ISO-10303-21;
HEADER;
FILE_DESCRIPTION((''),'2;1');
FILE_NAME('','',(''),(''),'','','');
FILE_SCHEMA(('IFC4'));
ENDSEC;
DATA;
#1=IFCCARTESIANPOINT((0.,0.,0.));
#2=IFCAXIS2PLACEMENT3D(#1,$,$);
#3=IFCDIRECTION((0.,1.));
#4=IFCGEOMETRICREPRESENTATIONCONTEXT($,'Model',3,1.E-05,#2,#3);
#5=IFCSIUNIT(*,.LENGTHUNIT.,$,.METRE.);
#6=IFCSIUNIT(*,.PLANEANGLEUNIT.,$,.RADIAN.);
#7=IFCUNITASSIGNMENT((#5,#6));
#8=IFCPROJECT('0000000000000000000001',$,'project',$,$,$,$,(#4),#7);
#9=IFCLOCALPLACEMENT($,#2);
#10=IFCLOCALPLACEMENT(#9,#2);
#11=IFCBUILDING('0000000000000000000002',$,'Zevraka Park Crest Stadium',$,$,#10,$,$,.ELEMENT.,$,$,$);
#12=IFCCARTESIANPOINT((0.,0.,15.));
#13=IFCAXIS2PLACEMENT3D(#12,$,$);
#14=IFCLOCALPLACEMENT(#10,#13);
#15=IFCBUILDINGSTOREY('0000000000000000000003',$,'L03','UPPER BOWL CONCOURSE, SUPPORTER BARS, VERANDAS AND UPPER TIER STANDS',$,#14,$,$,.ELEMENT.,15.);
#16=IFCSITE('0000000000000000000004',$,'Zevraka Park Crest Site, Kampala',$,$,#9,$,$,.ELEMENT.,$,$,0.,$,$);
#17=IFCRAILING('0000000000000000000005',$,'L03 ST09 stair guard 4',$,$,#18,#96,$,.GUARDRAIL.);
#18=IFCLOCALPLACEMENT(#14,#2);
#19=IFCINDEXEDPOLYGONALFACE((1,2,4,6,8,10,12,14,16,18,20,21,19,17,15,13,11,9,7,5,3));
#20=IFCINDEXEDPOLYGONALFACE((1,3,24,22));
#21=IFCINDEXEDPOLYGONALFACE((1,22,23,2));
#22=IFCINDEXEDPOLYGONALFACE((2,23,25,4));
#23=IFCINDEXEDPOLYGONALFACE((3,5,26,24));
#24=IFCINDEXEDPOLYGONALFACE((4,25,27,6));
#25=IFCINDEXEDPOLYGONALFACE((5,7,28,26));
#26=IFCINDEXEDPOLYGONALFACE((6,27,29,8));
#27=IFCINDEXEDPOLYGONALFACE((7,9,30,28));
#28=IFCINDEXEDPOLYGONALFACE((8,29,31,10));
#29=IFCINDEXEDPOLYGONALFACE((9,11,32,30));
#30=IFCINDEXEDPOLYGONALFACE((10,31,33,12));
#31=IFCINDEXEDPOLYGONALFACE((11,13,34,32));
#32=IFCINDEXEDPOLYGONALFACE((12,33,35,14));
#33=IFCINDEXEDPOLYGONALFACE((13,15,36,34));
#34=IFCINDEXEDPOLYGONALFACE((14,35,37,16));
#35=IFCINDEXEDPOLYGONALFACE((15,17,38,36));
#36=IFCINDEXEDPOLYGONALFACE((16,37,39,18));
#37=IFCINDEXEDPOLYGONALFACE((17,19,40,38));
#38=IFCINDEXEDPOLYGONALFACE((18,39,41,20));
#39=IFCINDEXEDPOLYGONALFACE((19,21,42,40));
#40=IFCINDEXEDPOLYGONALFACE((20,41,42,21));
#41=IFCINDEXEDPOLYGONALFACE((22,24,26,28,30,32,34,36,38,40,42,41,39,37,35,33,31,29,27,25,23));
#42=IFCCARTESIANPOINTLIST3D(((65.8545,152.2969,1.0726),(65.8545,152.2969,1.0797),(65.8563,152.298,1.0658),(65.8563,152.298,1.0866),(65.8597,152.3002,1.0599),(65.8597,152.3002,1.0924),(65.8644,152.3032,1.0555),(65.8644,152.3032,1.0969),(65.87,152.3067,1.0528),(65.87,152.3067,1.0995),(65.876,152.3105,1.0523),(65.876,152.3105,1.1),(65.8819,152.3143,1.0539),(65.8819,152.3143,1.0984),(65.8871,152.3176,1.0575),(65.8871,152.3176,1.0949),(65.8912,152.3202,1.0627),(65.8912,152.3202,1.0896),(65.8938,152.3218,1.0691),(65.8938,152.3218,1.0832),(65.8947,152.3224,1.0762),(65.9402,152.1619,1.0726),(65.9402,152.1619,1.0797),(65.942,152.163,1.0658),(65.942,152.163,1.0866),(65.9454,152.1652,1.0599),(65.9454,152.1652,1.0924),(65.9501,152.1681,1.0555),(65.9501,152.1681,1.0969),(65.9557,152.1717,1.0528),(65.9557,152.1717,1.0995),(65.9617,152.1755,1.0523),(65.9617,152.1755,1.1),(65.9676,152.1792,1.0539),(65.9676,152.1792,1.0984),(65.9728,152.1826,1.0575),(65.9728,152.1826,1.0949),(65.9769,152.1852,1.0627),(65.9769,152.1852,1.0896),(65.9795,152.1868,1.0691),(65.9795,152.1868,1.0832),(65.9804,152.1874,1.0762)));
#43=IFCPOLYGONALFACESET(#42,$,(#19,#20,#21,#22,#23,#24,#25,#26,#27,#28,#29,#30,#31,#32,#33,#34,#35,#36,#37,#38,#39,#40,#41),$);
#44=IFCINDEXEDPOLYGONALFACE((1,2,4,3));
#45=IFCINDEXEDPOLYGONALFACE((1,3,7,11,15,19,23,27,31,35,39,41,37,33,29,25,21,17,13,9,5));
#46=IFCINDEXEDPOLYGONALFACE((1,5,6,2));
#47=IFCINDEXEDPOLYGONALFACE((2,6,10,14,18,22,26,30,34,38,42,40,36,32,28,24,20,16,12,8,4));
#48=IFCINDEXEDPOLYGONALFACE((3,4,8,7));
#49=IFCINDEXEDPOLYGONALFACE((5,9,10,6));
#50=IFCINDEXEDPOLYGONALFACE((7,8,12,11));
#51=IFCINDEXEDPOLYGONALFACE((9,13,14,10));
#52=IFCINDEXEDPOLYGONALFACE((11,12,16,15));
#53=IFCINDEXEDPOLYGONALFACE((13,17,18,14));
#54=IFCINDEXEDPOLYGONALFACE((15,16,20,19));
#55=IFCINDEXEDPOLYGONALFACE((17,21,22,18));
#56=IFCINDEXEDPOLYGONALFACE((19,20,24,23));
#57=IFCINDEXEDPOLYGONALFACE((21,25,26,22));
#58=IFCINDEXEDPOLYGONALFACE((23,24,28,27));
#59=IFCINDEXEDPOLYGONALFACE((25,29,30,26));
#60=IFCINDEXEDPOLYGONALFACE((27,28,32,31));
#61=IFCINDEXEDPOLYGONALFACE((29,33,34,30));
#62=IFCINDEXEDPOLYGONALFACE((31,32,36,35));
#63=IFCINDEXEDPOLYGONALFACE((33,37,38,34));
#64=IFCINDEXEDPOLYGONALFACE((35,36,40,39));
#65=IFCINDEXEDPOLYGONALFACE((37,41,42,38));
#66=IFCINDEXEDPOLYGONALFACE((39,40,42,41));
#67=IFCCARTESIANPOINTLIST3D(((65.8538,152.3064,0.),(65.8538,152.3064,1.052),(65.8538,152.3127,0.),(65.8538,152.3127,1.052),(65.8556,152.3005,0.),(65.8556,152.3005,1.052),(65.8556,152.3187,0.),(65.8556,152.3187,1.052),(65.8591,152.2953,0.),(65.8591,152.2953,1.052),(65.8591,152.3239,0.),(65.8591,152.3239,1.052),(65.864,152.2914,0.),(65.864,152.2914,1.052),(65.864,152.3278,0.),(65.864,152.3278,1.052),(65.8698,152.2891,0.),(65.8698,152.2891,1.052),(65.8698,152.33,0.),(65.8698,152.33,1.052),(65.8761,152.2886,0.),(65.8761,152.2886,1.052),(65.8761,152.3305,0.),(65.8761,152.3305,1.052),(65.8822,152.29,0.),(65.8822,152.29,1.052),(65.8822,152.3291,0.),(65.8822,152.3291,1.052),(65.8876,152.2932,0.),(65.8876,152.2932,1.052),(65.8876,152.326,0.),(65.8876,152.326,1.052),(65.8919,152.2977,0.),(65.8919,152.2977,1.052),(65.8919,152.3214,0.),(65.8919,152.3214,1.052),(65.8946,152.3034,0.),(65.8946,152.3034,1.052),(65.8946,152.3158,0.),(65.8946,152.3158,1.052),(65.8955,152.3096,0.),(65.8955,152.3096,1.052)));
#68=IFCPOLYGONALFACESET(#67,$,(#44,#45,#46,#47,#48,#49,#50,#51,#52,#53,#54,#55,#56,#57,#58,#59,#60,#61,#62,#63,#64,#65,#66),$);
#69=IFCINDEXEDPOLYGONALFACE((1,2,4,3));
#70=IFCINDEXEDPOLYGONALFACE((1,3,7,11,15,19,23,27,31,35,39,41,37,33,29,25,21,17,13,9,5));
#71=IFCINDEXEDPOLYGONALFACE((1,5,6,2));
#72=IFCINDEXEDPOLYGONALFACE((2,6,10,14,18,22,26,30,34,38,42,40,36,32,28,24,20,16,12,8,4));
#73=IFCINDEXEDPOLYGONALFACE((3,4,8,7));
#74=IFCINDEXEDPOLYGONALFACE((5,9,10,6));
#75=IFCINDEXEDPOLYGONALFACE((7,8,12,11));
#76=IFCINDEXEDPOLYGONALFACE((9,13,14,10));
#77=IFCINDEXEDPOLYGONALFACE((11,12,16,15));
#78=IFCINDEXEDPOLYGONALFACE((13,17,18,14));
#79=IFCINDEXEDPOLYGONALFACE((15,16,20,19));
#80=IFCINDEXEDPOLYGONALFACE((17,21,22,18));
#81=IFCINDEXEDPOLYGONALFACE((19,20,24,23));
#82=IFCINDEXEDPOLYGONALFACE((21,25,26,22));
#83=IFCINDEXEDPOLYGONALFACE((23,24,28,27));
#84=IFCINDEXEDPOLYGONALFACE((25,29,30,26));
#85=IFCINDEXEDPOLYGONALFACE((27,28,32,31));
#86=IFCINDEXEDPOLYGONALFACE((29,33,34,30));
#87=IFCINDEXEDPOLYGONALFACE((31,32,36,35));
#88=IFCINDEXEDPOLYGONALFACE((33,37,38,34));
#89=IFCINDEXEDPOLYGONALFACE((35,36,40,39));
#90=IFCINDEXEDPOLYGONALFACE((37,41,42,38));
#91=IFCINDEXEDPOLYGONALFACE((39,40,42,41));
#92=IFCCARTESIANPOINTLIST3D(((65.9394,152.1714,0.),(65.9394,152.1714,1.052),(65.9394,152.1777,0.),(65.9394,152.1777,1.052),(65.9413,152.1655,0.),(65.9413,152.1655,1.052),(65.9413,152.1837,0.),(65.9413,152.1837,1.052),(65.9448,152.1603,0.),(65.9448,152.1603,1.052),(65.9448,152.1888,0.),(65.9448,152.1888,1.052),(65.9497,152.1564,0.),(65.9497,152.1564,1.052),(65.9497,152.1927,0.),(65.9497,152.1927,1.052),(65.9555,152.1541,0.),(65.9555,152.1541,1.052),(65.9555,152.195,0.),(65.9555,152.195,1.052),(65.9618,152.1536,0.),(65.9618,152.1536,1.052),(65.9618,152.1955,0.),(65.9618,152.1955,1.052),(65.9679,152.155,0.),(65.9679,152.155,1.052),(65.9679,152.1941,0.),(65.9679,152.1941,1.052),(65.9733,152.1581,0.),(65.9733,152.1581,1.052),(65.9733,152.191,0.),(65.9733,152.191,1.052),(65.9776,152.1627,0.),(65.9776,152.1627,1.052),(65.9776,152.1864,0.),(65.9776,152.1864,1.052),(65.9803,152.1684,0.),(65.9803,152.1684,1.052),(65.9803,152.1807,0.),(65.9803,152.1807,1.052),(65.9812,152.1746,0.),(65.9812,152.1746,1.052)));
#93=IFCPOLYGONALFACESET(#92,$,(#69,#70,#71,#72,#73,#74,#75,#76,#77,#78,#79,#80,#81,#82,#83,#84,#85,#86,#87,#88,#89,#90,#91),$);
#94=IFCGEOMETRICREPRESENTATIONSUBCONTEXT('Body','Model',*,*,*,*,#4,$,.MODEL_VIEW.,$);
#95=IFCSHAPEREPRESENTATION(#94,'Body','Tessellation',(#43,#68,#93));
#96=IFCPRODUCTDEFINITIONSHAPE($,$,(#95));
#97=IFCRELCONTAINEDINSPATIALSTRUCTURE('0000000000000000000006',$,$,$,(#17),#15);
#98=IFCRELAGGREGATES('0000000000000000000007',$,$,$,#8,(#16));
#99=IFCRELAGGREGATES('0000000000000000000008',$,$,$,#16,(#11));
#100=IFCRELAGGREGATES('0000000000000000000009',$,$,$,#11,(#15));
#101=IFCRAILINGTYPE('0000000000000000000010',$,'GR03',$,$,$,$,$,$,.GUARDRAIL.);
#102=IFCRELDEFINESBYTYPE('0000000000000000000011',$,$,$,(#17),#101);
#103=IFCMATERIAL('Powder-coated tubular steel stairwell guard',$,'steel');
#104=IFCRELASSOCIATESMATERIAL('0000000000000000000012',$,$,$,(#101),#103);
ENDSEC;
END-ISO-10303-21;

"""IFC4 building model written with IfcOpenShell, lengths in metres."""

from ifc_helpers import new_model, si_unit, direction, frame, origin, origin_2d, place, context, subcontext, project, spatial, circle, extrude, material, type_object, element, save


model = new_model("IFC4")

# Units and contexts
model_context = context("Model", 3, precision=1e-05, world=origin(), true_north=direction((0.0, 1.0)))
body_context = subcontext(model_context, "Body", "Model", "MODEL_VIEW")
ifc_project = project(units=[si_unit("LENGTHUNIT", "METRE"), si_unit("PLANEANGLEUNIT", "RADIAN")], contexts=[model_context])

# Site, building, storey
site_placement = place(None, origin())
site = spatial("IfcSite", under=ifc_project, at=site_placement, Name="Zevraka Park Crest Site, Kampala", CompositionType="ELEMENT", RefElevation=0.0)
building_placement = place(site_placement, origin())
building = spatial("IfcBuilding", under=site, at=building_placement, Name="Zevraka Park Crest Stadium", CompositionType="ELEMENT")
storey_placement = place(building_placement, frame((0.0, 0.0, 15.0)))
storey = spatial("IfcBuildingStorey", under=building, at=storey_placement, Name="L03", Description="UPPER BOWL CONCOURSE, SUPPORTER BARS, VERANDAS AND UPPER TIER STANDS", CompositionType="ELEMENT", Elevation=15.0)

# Railing
ifc_material_1 = material(Name="Powder-coated tubular steel stairwell guard", Category="steel")
railing_type_1 = type_object("IfcRailingType", Name="GR03", PredefinedType="GUARDRAIL", material=ifc_material_1)
railing_1_placement = place(storey_placement, frame((65.8745, 152.3096, 0.0)))
element("IfcRailing", 1, at=railing_1_placement, inside=storey, type_object=railing_type_1, Name="L03 ST09 stair guard 4", PredefinedType="GUARDRAIL", context=body_context, shape_type="SweptSolid", body=[
    extrude(circle(Radius=0.0239, at=origin_2d()), frame((0.0, 0.0, 1.0762), z_axis=(0.535887, -0.84429, 0.0), x_axis=(0.84429, 0.535887, 0.0)), (0.0, 0.0, 1.0), 0.1599),
    extrude(circle(Radius=0.021, at=origin_2d()), origin(), (0.0, 0.0, 1.0), 1.052),
    extrude(circle(Radius=0.021, at=origin_2d()), frame((0.0857, -0.135, 0.0)), (0.0, 0.0, 1.0), 1.052),
])

save(model, "model.ifc")
